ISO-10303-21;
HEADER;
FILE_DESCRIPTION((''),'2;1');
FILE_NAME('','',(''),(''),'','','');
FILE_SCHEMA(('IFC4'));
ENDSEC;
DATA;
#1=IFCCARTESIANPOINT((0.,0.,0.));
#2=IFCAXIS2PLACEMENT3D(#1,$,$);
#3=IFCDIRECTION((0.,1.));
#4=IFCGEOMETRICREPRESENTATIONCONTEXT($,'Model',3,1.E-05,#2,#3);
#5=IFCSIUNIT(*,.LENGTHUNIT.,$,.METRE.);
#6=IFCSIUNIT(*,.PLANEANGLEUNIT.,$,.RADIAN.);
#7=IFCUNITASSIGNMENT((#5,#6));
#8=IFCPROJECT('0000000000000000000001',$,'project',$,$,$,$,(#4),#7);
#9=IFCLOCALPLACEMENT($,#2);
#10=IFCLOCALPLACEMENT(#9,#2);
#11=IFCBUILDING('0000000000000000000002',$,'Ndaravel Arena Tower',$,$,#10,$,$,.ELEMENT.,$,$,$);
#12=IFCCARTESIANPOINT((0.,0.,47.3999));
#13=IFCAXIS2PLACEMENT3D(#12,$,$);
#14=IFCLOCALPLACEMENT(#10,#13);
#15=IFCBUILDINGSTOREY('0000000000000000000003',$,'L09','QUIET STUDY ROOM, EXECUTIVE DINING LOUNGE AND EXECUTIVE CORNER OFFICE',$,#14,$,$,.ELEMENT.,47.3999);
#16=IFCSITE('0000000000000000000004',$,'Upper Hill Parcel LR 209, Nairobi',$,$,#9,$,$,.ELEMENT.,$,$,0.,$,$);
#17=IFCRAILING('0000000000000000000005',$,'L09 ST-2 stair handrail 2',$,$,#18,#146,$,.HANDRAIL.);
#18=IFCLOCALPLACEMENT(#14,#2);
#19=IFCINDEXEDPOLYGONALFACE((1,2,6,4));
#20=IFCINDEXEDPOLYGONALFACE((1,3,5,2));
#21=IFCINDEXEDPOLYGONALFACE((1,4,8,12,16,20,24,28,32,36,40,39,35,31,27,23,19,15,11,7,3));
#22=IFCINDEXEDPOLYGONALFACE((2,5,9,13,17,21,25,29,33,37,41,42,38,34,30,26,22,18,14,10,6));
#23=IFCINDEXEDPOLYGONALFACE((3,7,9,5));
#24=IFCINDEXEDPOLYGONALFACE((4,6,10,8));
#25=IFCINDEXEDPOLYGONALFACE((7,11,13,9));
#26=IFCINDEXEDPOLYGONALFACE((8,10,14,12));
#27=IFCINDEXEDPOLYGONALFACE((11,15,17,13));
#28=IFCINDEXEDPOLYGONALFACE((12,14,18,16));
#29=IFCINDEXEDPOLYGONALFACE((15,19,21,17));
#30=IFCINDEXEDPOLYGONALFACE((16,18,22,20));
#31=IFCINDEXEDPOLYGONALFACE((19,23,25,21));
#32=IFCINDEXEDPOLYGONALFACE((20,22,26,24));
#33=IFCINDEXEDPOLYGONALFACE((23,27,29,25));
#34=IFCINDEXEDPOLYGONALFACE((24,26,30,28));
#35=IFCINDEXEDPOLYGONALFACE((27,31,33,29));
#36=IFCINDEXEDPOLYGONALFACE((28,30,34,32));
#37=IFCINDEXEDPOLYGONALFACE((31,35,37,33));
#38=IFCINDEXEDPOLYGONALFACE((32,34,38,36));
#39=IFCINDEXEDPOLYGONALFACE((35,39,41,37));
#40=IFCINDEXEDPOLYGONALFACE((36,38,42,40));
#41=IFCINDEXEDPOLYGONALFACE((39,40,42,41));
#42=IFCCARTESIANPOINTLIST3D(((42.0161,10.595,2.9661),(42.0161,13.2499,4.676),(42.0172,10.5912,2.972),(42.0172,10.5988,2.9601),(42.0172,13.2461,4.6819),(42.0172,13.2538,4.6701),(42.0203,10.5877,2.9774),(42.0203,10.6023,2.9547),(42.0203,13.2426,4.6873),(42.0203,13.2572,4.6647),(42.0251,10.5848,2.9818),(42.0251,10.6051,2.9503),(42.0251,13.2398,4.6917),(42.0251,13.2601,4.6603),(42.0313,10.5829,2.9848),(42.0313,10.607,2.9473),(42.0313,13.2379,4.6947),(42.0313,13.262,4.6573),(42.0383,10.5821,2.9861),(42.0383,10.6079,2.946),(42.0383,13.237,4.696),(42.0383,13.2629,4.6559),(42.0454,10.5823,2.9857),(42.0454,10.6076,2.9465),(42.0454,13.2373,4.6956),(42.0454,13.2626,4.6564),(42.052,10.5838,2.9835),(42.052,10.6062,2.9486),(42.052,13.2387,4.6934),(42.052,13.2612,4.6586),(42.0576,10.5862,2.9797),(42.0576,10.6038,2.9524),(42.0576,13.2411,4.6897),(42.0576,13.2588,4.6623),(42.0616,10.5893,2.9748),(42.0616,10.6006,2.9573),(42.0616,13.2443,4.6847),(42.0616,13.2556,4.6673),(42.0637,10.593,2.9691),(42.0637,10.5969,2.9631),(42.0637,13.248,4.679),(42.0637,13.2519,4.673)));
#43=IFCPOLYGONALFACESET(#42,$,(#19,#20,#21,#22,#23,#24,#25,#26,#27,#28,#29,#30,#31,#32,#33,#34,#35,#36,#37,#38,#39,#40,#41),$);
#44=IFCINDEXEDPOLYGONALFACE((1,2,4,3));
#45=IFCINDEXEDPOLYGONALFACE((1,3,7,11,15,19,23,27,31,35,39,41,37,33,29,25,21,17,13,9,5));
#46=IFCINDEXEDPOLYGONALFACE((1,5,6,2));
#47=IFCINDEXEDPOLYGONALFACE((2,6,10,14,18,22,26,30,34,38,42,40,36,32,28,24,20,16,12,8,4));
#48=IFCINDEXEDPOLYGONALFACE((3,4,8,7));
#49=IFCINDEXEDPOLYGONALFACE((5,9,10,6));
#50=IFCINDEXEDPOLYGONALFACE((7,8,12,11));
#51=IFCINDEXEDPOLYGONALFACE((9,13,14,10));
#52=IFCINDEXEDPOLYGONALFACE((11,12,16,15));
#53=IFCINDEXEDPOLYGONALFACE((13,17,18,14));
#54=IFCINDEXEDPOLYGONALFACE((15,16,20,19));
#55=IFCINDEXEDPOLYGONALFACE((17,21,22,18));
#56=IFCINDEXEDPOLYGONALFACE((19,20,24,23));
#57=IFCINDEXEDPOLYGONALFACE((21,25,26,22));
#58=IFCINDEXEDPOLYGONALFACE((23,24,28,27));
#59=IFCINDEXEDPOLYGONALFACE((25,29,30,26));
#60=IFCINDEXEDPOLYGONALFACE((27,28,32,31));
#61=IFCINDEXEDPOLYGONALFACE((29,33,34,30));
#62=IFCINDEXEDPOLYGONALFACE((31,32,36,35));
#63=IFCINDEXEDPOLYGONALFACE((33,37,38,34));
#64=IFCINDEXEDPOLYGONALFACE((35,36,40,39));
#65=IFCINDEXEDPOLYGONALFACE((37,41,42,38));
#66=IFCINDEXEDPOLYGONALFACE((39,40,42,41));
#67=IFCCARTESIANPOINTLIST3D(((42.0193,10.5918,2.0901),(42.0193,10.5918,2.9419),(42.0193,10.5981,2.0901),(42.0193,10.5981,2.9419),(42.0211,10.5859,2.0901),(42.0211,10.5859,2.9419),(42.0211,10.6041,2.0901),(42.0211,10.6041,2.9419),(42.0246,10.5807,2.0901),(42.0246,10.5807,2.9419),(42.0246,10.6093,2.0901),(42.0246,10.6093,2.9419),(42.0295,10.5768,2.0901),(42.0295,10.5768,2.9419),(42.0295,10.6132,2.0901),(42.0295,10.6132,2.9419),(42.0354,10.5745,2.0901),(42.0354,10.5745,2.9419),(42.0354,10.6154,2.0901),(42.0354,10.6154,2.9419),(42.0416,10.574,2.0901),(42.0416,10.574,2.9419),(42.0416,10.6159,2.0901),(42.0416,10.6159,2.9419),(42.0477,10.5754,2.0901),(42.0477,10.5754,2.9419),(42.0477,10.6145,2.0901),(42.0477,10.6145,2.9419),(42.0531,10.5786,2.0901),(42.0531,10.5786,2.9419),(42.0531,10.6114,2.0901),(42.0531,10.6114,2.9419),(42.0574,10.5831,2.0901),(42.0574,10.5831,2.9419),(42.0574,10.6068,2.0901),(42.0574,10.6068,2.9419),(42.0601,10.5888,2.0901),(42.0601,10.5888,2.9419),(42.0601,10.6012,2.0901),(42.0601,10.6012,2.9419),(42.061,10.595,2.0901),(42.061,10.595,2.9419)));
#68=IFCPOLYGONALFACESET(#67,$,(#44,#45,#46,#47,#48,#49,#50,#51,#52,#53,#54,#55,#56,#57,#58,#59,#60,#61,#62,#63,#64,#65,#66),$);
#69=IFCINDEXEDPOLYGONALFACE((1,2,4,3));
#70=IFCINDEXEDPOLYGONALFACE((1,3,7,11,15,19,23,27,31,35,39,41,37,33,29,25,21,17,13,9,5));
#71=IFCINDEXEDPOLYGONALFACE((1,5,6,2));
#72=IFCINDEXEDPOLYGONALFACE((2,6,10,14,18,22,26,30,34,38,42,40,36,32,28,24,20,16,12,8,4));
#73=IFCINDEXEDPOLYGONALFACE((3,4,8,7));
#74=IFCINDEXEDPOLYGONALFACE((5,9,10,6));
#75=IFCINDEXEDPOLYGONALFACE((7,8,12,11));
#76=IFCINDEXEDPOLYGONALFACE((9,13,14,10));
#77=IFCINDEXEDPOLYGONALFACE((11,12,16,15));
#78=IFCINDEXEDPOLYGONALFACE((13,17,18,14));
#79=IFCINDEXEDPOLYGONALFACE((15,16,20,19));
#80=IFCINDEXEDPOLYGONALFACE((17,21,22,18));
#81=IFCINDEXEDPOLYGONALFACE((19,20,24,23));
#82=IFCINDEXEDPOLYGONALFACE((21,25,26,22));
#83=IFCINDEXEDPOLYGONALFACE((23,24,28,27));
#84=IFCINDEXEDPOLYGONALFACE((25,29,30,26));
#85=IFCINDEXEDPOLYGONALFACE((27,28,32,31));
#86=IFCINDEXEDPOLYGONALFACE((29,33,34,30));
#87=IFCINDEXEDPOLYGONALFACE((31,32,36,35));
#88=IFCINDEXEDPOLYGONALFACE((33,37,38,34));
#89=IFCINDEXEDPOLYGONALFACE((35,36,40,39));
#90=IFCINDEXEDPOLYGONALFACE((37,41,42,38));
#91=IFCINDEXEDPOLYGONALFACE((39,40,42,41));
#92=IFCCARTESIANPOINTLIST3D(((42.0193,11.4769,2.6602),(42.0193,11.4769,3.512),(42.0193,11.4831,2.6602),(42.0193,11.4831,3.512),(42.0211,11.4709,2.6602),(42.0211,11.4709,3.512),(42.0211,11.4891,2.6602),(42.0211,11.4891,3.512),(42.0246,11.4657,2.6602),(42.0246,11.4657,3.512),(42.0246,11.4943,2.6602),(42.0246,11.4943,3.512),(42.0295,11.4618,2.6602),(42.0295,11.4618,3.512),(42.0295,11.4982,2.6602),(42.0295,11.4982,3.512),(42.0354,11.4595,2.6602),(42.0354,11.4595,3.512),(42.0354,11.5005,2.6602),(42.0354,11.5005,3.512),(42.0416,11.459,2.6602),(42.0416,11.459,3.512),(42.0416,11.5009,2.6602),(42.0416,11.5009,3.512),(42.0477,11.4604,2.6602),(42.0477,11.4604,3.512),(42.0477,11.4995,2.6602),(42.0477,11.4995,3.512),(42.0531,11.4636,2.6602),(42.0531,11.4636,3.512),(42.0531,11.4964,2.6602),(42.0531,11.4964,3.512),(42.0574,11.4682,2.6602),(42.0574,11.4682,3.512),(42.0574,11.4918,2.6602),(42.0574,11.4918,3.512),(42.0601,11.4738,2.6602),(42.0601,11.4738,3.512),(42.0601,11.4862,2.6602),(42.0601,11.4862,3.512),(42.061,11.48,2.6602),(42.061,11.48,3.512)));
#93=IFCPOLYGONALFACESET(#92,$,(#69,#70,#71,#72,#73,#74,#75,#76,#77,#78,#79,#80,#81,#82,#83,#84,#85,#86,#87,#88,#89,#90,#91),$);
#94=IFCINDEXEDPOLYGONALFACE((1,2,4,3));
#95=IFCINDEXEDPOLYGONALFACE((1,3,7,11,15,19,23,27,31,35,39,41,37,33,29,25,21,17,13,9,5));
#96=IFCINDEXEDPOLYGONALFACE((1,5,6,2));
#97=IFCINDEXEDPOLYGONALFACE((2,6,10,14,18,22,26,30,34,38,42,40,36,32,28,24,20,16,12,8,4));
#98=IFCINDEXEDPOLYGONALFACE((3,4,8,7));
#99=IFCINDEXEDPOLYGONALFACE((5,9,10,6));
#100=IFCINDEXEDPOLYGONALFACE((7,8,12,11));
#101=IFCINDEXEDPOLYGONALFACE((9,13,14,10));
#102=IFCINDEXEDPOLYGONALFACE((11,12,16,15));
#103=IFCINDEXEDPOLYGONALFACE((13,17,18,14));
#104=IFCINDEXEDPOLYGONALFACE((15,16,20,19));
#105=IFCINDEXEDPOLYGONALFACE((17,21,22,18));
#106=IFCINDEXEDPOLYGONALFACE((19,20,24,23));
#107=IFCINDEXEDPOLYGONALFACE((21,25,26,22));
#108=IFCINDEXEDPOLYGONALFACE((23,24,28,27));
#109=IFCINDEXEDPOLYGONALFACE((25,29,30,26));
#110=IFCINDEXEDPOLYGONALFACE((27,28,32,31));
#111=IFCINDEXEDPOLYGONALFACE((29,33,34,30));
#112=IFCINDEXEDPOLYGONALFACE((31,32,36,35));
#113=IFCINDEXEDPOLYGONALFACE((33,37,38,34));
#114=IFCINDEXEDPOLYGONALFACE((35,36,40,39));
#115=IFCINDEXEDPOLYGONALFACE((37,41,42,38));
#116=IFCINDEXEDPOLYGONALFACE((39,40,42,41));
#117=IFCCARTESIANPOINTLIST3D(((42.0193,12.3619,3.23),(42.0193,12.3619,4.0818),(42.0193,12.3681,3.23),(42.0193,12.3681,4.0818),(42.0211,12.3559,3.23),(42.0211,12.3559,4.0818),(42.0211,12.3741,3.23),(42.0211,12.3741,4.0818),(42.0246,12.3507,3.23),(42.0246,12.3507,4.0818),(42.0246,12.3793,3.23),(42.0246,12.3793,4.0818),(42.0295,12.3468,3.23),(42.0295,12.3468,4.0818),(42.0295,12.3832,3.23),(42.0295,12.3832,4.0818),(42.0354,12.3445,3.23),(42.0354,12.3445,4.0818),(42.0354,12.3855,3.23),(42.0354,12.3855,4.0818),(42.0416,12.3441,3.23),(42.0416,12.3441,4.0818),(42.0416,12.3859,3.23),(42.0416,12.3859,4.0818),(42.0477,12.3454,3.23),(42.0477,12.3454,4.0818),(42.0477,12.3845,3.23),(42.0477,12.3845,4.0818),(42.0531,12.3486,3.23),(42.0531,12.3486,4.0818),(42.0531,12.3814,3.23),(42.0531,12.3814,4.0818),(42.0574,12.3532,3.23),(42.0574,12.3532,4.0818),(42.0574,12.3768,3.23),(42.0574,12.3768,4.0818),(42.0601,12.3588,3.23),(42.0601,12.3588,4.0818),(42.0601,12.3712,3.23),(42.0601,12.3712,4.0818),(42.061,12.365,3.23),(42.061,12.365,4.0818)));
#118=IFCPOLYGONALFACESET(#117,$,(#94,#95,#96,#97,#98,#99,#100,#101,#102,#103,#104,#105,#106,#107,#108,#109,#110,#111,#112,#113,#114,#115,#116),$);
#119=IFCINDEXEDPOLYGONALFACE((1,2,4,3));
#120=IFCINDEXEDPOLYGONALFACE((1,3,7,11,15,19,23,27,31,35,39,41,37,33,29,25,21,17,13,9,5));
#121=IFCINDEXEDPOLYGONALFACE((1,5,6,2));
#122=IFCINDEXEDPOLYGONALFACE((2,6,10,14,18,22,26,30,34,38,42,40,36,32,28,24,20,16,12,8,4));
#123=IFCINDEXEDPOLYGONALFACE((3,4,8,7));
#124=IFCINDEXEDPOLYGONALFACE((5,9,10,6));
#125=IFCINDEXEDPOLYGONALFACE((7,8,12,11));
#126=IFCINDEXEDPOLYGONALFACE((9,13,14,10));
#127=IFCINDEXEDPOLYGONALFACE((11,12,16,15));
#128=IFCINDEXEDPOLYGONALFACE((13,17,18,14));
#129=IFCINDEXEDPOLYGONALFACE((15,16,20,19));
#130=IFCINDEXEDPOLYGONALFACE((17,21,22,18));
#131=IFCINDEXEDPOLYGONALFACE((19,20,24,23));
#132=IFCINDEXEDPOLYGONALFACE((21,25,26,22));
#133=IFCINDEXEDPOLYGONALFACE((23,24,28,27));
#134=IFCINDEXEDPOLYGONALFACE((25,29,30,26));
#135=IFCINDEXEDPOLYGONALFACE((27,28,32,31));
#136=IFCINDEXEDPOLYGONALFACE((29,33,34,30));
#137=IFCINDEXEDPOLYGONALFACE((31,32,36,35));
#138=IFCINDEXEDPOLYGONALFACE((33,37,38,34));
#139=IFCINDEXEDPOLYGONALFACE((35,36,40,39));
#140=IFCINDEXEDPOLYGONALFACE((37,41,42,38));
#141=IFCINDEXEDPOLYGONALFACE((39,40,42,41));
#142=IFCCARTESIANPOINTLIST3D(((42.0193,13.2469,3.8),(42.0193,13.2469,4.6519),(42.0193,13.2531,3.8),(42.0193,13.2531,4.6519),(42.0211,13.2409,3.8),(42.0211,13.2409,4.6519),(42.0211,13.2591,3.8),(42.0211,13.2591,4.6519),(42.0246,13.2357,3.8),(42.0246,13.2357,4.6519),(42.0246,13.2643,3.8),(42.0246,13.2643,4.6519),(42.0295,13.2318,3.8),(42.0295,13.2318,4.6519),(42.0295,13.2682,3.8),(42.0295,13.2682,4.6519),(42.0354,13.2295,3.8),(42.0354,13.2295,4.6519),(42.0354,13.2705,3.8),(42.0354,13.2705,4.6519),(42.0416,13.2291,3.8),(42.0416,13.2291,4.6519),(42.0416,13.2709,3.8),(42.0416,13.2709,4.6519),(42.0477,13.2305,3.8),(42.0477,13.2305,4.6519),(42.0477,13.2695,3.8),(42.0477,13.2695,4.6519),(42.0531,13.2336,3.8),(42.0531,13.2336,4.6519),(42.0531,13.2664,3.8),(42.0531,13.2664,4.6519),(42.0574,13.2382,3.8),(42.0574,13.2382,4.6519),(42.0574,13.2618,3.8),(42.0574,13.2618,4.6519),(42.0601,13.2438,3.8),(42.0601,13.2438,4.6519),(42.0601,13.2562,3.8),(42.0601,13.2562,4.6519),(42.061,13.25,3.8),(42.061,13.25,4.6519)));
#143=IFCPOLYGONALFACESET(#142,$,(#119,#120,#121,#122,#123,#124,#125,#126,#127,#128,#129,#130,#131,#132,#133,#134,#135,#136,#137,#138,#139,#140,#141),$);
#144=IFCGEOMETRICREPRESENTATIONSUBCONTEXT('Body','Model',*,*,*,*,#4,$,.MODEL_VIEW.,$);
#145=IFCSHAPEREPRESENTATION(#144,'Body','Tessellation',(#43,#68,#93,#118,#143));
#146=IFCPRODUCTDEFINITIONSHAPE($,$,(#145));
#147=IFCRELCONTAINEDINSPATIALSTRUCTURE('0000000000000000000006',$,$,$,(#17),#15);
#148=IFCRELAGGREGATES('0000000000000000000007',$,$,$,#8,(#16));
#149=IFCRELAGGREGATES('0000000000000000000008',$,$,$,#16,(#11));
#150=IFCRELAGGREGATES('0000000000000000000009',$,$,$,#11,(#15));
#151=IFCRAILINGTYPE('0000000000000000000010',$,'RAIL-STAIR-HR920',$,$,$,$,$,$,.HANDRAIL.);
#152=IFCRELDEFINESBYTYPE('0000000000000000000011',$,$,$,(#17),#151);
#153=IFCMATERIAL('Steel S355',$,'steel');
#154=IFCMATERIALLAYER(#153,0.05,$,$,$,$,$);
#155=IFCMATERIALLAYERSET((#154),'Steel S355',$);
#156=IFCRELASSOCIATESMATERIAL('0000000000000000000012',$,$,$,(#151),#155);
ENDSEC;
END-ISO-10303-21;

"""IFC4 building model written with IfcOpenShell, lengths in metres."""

from ifc_helpers import new_model, si_unit, direction, frame, origin, origin_2d, place, context, subcontext, project, spatial, circle, extrude, material, layer, layer_set, type_object, element, save


model = new_model("IFC4")

# Units and contexts
model_context = context("Model", 3, precision=1e-05, world=origin(), true_north=direction((0.0, 1.0)))
body_context = subcontext(model_context, "Body", "Model", "MODEL_VIEW")
ifc_project = project(units=[si_unit("LENGTHUNIT", "METRE"), si_unit("PLANEANGLEUNIT", "RADIAN")], contexts=[model_context])

# Site, building, storey
site_placement = place(None, origin())
site = spatial("IfcSite", under=ifc_project, at=site_placement, Name="Upper Hill Parcel LR 209, Nairobi", CompositionType="ELEMENT", RefElevation=0.0)
building_placement = place(site_placement, origin())
building = spatial("IfcBuilding", under=site, at=building_placement, Name="Ndaravel Arena Tower", CompositionType="ELEMENT")
storey_placement = place(building_placement, frame((0.0, 0.0, 47.3999)))
storey = spatial("IfcBuildingStorey", under=building, at=storey_placement, Name="L09", Description="QUIET STUDY ROOM, EXECUTIVE DINING LOUNGE AND EXECUTIVE CORNER OFFICE", CompositionType="ELEMENT", Elevation=47.3999)

# Railing
ifc_material_1 = material(Name="Steel S355", Category="steel")
ifc_layer_1 = layer(ifc_material_1, 0.05)
ifc_layer_set_1 = layer_set([ifc_layer_1], Name="Steel S355")
railing_type_1 = type_object("IfcRailingType", Name="RAIL-STAIR-HR920", PredefinedType="HANDRAIL", material=ifc_layer_set_1)
railing_1_placement = place(storey_placement, frame((42.04, 10.595, 2.0901)))
element("IfcRailing", 1, at=railing_1_placement, inside=storey, type_object=railing_type_1, Name="L09 ST-2 stair handrail 2", PredefinedType="HANDRAIL", context=body_context, shape_type="SweptSolid", body=[
    extrude(circle(Radius=0.0239, at=origin_2d()), frame((0.0, 0.0, 0.876), z_axis=(0.0, 0.840724, 0.541465), x_axis=(-1.0, 0.0, 0.0)), (0.0, 0.0, 1.0), 3.158),
    extrude(circle(Radius=0.021, at=origin_2d()), origin(), (0.0, 0.0, 1.0), 0.8518),
    extrude(circle(Radius=0.021, at=origin_2d()), frame((0.0, 0.885, 0.5701)), (0.0, 0.0, 1.0), 0.8518),
    extrude(circle(Radius=0.021, at=origin_2d()), frame((0.0, 1.77, 1.1399)), (0.0, 0.0, 1.0), 0.8518),
    extrude(circle(Radius=0.021, at=origin_2d()), frame((0.0, 2.655, 1.71)), (0.0, 0.0, 1.0), 0.8518),
])

save(model, "model.ifc")
